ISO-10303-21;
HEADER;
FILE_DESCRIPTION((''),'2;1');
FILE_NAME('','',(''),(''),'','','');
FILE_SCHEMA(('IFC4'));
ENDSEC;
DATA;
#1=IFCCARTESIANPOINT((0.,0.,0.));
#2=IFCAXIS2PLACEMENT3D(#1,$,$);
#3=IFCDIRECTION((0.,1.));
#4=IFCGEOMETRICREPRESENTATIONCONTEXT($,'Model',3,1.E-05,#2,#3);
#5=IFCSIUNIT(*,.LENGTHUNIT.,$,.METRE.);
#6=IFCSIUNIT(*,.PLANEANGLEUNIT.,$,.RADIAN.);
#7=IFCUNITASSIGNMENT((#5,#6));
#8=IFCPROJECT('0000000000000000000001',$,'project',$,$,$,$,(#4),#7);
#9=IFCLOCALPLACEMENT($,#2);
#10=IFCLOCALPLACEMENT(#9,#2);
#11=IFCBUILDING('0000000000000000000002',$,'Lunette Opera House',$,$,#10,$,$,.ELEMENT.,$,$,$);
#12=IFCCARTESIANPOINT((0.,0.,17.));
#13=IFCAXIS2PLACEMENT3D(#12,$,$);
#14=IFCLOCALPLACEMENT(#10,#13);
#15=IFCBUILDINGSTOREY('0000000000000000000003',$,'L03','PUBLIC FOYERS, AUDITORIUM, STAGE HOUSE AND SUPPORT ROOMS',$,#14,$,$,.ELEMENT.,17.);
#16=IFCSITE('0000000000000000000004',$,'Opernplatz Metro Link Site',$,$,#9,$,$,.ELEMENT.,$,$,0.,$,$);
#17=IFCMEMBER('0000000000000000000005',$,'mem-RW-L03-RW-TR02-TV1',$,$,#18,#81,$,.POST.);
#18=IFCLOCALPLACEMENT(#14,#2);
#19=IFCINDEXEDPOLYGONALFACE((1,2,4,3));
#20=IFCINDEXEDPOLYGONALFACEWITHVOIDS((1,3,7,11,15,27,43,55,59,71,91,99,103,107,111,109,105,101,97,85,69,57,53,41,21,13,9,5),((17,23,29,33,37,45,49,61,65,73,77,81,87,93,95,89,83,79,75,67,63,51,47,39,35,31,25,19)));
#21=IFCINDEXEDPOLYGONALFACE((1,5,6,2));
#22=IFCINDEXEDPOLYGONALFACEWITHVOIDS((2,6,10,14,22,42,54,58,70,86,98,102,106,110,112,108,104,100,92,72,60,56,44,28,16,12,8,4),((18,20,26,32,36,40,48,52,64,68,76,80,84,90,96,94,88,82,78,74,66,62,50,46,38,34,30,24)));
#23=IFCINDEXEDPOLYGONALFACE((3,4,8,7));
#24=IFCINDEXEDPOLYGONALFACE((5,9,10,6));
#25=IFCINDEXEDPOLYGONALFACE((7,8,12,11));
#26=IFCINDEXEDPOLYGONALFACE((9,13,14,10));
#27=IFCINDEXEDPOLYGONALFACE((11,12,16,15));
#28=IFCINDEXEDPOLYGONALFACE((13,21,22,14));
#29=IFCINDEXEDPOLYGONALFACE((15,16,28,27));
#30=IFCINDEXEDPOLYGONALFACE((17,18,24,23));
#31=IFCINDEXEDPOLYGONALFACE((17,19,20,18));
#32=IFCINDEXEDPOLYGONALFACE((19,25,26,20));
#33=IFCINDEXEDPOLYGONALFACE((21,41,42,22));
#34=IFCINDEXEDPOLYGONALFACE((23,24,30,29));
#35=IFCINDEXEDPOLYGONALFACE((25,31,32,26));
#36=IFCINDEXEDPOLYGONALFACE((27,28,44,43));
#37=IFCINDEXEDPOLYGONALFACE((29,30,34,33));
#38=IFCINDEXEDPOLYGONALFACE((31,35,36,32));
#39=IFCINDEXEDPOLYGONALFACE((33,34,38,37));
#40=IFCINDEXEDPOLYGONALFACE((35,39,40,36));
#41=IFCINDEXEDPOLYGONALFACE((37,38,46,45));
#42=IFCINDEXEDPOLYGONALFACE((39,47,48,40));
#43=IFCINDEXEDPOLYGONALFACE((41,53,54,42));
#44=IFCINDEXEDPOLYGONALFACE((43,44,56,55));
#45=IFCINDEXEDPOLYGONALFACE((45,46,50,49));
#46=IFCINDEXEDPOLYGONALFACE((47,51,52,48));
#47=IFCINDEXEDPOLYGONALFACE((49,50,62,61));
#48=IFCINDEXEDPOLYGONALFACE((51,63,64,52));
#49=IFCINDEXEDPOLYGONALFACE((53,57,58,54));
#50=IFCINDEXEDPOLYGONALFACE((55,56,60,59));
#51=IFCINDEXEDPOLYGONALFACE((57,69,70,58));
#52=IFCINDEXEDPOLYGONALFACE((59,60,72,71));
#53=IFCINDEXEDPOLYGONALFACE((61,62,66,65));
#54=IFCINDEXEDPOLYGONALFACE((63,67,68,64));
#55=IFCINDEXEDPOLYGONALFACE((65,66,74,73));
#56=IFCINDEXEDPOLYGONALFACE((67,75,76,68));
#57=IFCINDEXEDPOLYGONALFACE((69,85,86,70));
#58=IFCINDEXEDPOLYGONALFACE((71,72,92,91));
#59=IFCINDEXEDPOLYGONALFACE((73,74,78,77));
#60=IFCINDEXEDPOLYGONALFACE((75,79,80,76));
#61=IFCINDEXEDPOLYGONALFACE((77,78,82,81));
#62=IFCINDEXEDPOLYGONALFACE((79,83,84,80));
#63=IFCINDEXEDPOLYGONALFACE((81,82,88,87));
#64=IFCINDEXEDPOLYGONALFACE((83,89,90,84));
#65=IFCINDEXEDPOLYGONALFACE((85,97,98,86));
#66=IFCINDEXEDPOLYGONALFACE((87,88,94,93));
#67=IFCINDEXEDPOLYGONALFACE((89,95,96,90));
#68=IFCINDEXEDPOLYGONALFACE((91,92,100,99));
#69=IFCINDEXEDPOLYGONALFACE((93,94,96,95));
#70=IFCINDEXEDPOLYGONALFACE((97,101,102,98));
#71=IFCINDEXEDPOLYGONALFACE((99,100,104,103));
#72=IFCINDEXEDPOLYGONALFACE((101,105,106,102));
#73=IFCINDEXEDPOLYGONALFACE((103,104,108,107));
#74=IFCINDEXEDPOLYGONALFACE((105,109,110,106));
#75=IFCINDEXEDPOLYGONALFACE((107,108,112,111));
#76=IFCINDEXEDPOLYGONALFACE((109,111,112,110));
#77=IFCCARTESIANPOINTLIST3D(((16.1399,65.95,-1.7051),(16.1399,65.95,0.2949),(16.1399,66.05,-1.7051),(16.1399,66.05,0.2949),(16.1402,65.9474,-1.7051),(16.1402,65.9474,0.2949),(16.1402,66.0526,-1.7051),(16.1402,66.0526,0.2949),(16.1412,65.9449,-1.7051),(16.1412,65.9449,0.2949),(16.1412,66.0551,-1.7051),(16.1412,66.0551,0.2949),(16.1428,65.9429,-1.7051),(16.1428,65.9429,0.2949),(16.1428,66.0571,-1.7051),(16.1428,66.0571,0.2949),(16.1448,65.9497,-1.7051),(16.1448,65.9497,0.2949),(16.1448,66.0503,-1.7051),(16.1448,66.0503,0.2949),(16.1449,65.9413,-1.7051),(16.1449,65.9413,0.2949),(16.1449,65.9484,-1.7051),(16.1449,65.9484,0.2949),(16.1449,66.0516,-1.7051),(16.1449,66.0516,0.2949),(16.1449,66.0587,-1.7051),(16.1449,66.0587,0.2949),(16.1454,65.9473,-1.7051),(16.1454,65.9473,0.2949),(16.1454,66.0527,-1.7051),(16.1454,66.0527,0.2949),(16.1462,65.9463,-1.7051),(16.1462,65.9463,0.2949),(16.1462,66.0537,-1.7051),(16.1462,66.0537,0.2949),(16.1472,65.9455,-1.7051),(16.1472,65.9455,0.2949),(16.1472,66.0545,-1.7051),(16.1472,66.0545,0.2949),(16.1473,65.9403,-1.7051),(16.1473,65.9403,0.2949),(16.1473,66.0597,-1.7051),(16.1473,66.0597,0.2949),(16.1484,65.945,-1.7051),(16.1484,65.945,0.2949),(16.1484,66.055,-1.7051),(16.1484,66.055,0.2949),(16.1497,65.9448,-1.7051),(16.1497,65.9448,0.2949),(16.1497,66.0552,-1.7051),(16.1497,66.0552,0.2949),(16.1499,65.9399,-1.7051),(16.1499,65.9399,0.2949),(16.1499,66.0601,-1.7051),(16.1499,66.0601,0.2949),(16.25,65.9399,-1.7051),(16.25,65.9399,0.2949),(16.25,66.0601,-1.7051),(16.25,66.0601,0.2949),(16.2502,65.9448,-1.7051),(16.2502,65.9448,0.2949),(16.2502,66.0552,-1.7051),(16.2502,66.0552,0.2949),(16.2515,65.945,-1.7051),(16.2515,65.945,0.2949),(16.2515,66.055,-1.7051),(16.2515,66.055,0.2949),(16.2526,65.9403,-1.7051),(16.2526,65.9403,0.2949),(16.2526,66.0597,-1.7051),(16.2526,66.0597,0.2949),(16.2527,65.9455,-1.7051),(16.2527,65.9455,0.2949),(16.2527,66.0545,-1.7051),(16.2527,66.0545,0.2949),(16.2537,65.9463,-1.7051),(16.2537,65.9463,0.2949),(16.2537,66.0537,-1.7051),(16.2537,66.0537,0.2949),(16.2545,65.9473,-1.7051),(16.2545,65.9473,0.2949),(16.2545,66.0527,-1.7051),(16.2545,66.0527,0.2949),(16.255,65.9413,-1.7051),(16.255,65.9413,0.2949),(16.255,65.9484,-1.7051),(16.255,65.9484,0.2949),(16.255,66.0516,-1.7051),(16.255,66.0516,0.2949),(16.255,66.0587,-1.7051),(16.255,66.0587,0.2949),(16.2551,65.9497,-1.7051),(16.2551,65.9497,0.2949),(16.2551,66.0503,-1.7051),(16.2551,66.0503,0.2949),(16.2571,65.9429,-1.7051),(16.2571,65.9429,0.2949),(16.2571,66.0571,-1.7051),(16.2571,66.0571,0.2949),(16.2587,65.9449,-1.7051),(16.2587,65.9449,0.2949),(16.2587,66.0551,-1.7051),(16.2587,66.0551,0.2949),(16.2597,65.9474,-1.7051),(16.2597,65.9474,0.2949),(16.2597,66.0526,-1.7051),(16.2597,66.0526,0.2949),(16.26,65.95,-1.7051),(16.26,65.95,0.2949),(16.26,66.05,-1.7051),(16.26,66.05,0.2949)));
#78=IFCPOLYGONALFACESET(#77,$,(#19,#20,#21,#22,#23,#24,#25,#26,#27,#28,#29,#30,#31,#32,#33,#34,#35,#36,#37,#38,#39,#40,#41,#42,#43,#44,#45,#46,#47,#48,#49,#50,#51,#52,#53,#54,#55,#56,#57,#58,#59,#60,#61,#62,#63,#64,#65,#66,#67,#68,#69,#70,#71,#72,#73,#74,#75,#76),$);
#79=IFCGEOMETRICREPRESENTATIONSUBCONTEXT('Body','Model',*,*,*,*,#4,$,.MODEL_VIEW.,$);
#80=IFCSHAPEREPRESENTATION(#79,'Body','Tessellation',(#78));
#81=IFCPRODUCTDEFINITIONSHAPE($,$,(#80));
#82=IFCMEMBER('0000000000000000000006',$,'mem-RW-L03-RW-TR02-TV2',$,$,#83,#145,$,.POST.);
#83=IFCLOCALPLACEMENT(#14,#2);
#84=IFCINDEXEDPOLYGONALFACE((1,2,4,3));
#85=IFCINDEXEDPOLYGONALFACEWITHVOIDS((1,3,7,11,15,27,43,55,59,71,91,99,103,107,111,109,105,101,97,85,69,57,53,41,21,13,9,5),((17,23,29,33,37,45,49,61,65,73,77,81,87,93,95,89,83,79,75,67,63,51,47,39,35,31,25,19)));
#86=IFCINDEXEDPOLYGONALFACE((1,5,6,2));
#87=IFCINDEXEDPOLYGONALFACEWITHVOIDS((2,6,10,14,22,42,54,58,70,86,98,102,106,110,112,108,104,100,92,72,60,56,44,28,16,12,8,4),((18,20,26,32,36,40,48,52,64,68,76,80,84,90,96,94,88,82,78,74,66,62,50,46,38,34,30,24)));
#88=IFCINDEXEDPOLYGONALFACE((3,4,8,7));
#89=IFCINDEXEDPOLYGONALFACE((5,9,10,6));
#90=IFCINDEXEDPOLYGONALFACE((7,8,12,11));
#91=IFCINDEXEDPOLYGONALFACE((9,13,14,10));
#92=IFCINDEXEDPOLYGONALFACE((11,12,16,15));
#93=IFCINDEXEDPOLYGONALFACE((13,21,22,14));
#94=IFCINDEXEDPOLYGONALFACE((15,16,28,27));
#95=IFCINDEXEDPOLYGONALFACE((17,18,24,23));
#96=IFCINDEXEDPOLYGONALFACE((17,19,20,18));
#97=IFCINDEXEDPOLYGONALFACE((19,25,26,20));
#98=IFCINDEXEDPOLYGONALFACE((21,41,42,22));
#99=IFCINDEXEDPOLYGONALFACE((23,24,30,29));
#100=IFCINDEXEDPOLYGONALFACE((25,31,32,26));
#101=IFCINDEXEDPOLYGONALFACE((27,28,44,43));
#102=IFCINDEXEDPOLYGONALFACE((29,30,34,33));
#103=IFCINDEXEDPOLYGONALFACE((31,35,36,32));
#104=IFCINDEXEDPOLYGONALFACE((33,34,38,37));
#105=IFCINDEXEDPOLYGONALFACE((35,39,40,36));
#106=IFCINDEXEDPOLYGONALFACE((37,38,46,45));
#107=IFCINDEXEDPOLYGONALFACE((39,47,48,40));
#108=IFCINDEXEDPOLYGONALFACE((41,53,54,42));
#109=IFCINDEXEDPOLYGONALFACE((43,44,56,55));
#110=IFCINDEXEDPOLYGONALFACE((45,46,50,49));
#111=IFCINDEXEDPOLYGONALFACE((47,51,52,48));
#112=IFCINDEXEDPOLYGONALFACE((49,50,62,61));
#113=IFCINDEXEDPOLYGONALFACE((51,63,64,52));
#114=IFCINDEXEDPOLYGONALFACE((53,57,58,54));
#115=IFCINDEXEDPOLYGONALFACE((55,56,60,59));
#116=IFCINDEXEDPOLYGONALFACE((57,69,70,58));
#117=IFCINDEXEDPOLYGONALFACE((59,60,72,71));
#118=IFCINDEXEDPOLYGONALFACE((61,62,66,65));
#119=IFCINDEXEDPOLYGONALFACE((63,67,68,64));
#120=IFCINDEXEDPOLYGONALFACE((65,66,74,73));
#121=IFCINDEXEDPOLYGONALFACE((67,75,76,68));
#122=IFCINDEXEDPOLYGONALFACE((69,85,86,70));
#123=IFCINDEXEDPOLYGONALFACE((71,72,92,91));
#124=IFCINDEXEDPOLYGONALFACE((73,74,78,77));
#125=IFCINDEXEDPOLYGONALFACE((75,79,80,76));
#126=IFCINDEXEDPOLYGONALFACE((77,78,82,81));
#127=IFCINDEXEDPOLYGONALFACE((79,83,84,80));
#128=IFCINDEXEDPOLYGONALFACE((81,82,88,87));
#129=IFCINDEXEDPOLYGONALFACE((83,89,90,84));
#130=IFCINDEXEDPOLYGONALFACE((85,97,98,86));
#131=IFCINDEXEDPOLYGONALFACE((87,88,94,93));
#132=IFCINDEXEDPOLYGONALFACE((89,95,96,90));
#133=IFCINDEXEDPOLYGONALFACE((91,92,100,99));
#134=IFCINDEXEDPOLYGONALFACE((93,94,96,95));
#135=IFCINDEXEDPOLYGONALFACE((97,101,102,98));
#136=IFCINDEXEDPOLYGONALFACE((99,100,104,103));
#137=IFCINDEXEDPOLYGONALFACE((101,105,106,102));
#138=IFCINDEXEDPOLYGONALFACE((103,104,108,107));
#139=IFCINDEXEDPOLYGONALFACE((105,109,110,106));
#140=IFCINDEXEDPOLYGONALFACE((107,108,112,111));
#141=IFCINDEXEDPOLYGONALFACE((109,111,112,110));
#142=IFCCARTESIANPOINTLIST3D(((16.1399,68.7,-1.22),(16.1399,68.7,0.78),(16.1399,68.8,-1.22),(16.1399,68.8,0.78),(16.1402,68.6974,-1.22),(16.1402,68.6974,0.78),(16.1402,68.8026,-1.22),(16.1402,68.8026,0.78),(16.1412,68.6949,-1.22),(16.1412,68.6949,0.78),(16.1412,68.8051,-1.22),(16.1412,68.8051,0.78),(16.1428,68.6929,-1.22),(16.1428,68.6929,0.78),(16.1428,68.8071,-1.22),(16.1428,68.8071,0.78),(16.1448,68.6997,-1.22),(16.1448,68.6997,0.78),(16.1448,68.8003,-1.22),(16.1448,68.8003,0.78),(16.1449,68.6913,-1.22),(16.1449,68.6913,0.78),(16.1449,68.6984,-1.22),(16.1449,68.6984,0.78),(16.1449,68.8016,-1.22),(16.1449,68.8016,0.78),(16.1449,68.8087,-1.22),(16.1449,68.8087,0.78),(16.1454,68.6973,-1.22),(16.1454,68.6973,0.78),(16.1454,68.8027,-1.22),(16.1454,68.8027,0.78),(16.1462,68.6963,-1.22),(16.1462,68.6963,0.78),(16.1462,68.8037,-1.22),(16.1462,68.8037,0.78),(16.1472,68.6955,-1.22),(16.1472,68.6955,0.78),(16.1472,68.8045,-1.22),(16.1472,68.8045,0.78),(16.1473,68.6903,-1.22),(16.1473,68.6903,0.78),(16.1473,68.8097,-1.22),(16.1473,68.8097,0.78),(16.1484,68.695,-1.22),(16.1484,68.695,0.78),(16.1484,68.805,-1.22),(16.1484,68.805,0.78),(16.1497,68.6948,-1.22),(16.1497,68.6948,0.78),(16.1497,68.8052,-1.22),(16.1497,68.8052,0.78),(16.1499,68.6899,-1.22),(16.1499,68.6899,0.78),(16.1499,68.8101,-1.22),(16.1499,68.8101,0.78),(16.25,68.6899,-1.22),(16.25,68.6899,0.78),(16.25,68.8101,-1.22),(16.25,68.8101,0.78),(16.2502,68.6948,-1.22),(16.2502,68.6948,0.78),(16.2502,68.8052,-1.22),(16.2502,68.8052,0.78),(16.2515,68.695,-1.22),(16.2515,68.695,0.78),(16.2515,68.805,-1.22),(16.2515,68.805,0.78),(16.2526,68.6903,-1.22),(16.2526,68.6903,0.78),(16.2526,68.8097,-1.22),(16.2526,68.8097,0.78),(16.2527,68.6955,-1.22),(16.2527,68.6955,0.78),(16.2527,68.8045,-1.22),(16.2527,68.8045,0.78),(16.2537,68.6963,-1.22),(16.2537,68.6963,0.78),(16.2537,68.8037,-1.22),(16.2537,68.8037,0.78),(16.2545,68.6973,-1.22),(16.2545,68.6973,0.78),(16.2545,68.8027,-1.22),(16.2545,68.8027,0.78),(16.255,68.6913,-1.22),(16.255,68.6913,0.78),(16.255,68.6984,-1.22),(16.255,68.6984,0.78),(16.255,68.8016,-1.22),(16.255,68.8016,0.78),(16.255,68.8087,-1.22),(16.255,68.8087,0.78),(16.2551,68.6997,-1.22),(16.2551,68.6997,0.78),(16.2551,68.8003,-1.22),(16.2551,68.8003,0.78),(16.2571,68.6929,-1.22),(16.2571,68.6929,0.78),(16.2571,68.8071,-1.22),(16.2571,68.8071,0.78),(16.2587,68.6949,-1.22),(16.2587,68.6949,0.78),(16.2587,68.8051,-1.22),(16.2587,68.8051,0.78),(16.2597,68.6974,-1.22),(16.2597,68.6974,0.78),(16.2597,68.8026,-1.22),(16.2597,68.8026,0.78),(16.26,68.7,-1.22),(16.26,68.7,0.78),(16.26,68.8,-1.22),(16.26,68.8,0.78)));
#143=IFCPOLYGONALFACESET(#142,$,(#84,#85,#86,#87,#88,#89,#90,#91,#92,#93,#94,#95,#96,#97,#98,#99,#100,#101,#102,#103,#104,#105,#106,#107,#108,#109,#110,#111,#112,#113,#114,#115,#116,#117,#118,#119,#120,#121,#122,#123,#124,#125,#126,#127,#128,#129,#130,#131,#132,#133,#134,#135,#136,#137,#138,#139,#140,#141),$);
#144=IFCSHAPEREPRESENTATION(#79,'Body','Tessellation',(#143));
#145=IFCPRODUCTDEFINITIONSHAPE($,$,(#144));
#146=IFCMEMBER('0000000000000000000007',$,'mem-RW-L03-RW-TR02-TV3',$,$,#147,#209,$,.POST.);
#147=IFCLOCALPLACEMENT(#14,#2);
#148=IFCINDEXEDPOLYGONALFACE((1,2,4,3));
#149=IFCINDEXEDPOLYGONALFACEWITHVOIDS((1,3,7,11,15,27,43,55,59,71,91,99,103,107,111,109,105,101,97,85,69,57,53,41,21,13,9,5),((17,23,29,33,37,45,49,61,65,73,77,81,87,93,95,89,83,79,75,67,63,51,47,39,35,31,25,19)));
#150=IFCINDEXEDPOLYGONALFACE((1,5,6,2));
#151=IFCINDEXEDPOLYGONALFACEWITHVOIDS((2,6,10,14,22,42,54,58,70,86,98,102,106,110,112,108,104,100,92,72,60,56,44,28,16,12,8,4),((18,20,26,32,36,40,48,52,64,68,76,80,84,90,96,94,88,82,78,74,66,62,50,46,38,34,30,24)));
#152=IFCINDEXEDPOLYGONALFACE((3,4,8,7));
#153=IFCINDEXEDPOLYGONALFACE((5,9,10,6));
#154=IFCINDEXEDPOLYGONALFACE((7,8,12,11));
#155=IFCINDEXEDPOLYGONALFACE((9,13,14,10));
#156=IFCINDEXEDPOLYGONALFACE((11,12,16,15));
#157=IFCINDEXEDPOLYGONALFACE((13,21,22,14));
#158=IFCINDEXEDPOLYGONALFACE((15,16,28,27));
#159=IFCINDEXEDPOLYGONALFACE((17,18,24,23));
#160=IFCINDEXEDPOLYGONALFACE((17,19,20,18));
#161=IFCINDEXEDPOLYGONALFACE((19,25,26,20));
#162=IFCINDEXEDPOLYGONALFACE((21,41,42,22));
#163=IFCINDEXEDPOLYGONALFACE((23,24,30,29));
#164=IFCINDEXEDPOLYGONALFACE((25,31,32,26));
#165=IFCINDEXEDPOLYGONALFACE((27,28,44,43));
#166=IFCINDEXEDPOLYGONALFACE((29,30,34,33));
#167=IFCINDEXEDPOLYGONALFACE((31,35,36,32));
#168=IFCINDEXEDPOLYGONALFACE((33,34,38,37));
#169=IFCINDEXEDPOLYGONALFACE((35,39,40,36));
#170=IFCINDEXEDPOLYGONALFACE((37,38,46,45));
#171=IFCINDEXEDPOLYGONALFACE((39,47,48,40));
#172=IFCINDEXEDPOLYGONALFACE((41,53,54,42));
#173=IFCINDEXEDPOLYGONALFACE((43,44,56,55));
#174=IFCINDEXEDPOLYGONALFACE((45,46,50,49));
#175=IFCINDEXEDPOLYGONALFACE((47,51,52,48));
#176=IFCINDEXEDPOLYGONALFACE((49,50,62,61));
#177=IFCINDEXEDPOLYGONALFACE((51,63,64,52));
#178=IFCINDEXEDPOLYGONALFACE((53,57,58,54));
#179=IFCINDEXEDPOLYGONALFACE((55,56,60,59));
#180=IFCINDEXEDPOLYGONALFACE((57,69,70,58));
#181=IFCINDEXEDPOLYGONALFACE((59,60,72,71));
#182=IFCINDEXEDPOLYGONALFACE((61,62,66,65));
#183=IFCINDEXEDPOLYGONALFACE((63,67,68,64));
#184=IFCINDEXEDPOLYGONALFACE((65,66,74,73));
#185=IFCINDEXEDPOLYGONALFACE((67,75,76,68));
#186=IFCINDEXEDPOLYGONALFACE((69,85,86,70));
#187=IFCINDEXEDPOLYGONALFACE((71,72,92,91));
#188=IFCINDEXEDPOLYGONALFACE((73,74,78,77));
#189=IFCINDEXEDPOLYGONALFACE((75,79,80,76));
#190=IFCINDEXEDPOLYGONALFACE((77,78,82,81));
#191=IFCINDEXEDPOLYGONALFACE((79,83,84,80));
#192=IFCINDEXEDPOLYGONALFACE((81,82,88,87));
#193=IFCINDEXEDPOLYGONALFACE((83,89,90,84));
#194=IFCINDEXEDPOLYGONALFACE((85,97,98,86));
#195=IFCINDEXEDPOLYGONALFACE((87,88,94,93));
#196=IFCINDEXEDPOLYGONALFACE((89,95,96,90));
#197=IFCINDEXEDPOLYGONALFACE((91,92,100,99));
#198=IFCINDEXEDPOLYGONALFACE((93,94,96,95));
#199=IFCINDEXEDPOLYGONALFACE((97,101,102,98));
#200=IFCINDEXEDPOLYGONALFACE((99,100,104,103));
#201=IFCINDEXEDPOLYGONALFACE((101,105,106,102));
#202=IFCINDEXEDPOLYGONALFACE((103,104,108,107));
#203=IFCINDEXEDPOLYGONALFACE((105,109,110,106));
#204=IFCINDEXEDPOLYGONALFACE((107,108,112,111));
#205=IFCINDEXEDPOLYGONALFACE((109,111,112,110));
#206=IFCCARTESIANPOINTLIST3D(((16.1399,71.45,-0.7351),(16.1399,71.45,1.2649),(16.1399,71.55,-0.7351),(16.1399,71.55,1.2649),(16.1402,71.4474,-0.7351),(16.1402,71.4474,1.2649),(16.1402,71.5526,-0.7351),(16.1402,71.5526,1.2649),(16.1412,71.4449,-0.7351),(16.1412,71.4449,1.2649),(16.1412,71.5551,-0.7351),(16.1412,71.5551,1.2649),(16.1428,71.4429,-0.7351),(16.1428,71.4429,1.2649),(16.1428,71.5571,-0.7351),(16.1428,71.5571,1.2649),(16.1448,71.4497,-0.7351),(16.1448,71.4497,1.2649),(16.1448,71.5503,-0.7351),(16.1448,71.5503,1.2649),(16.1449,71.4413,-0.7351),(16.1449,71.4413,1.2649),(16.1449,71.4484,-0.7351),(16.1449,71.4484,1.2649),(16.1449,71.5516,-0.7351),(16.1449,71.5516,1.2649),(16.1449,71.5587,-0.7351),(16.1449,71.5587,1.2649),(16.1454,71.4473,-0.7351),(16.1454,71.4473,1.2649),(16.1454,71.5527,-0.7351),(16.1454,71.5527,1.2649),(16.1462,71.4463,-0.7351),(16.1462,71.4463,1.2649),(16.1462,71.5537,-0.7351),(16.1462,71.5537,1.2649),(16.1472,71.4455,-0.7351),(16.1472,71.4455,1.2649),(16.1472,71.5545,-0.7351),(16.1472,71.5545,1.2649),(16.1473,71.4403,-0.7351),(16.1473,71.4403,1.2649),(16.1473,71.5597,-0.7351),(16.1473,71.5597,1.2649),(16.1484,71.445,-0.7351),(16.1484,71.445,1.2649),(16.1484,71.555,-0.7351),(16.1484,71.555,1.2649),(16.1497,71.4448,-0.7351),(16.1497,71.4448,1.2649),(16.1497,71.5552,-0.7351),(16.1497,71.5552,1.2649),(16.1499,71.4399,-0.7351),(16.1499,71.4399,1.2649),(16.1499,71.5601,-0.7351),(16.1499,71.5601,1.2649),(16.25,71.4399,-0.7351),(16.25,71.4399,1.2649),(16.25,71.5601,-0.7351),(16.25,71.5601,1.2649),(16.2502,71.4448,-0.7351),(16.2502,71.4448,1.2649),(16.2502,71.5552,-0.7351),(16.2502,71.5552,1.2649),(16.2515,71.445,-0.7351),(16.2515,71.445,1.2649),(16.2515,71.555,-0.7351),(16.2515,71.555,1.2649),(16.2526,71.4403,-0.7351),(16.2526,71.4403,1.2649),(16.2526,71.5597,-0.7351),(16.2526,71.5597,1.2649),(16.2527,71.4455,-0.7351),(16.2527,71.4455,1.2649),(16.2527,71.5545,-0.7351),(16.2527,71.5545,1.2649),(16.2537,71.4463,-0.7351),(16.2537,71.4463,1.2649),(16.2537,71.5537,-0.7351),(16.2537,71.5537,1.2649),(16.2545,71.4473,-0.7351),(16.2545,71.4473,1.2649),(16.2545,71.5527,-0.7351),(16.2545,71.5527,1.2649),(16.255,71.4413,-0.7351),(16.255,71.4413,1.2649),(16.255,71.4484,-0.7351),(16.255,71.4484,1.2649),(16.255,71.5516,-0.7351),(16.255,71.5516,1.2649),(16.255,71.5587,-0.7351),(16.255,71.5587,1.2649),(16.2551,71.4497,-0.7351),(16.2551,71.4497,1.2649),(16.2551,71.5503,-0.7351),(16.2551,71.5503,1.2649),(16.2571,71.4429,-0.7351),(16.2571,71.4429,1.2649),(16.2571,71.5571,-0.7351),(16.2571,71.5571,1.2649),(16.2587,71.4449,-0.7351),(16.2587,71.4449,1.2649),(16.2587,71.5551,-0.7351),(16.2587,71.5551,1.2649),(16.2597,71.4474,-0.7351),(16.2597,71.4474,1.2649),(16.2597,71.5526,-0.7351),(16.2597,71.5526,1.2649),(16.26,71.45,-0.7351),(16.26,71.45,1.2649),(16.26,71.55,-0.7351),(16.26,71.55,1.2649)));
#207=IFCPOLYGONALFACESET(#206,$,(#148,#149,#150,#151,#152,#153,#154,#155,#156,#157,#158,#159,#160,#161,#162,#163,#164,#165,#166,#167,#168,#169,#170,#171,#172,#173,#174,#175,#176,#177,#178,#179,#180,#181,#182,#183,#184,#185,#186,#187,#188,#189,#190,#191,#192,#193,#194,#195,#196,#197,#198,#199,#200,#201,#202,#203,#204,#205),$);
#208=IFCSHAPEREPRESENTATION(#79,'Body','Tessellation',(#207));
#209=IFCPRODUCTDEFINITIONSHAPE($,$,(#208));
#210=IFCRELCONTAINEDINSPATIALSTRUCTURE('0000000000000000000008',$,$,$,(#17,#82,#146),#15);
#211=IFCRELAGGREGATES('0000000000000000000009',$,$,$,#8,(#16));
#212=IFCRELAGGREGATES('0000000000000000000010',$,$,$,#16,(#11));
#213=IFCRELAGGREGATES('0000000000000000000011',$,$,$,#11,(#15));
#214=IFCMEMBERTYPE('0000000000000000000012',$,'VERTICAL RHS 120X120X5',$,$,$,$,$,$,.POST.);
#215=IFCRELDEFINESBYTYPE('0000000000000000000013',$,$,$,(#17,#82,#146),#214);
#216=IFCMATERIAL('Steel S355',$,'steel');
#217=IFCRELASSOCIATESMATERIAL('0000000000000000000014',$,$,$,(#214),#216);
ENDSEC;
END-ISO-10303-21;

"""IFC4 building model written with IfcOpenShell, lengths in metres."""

from ifc_helpers import new_model, si_unit, direction, frame, origin, origin_2d, place, context, subcontext, project, spatial, hollow_rectangle, extrude, material, material_profile, profile_set, type_object, element, save


model = new_model("IFC4")

# Units and contexts
model_context = context("Model", 3, precision=1e-05, world=origin(), true_north=direction((0.0, 1.0)))
body_context = subcontext(model_context, "Body", "Model", "MODEL_VIEW")
ifc_project = project(units=[si_unit("LENGTHUNIT", "METRE"), si_unit("PLANEANGLEUNIT", "RADIAN")], contexts=[model_context])

# Site, building, storey
site_placement = place(None, origin())
site = spatial("IfcSite", under=ifc_project, at=site_placement, Name="Opernplatz Metro Link Site", CompositionType="ELEMENT", RefElevation=0.0)
building_placement = place(site_placement, origin())
building = spatial("IfcBuilding", under=site, at=building_placement, Name="Lunette Opera House", CompositionType="ELEMENT")
storey_placement = place(building_placement, frame((0.0, 0.0, 17.0)))
storey = spatial("IfcBuildingStorey", under=building, at=storey_placement, Name="L03", Description="PUBLIC FOYERS, AUDITORIUM, STAGE HOUSE AND SUPPORT ROOMS", CompositionType="ELEMENT", Elevation=17.0)

# Members
ifc_material_1 = material(Name="Steel S355", Category="steel")
ifc_material_profile_1 = material_profile(ifc_material_1, hollow_rectangle(XDim=0.1201, YDim=0.1201, WallThickness=0.0049, InnerFilletRadius=0.0049, OuterFilletRadius=0.01, at=origin_2d()), Name="RHS 120X120X5")
ifc_profile_set_1 = profile_set([ifc_material_profile_1], Name="Steel S355")
member_type_1 = type_object("IfcMemberType", Name="VERTICAL RHS 120X120X5", PredefinedType="POST", material=ifc_profile_set_1)
for number, where, z_axis, x_axis, name in (
    (1, (16.2, 66.0, -1.7051), (0.0, 0.0, 1.0), (1.0, 0.0, 0.0), "mem-RW-L03-RW-TR02-TV1"),
    (2, (16.2, 68.75, -1.22), (0.0, 0.0, 1.0), (1.0, 0.0, 0.0), "mem-RW-L03-RW-TR02-TV2"),
    (3, (16.2, 71.5, -0.7351), (0.0, 0.0, 1.0), (1.0, 0.0, 0.0), "mem-RW-L03-RW-TR02-TV3"),
):
    element("IfcMember", number, at=place(storey_placement, frame(where, z_axis=z_axis, x_axis=x_axis)), inside=storey, type_object=member_type_1, Name=name, PredefinedType="POST", context=body_context, shape_type="SweptSolid", body=[
        extrude(hollow_rectangle(XDim=0.1201, YDim=0.1201, WallThickness=0.0049, InnerFilletRadius=0.0049, OuterFilletRadius=0.01, at=origin_2d()), origin(), (0.0, 0.0, 1.0), 2.0),
    ])

save(model, "model.ifc")
